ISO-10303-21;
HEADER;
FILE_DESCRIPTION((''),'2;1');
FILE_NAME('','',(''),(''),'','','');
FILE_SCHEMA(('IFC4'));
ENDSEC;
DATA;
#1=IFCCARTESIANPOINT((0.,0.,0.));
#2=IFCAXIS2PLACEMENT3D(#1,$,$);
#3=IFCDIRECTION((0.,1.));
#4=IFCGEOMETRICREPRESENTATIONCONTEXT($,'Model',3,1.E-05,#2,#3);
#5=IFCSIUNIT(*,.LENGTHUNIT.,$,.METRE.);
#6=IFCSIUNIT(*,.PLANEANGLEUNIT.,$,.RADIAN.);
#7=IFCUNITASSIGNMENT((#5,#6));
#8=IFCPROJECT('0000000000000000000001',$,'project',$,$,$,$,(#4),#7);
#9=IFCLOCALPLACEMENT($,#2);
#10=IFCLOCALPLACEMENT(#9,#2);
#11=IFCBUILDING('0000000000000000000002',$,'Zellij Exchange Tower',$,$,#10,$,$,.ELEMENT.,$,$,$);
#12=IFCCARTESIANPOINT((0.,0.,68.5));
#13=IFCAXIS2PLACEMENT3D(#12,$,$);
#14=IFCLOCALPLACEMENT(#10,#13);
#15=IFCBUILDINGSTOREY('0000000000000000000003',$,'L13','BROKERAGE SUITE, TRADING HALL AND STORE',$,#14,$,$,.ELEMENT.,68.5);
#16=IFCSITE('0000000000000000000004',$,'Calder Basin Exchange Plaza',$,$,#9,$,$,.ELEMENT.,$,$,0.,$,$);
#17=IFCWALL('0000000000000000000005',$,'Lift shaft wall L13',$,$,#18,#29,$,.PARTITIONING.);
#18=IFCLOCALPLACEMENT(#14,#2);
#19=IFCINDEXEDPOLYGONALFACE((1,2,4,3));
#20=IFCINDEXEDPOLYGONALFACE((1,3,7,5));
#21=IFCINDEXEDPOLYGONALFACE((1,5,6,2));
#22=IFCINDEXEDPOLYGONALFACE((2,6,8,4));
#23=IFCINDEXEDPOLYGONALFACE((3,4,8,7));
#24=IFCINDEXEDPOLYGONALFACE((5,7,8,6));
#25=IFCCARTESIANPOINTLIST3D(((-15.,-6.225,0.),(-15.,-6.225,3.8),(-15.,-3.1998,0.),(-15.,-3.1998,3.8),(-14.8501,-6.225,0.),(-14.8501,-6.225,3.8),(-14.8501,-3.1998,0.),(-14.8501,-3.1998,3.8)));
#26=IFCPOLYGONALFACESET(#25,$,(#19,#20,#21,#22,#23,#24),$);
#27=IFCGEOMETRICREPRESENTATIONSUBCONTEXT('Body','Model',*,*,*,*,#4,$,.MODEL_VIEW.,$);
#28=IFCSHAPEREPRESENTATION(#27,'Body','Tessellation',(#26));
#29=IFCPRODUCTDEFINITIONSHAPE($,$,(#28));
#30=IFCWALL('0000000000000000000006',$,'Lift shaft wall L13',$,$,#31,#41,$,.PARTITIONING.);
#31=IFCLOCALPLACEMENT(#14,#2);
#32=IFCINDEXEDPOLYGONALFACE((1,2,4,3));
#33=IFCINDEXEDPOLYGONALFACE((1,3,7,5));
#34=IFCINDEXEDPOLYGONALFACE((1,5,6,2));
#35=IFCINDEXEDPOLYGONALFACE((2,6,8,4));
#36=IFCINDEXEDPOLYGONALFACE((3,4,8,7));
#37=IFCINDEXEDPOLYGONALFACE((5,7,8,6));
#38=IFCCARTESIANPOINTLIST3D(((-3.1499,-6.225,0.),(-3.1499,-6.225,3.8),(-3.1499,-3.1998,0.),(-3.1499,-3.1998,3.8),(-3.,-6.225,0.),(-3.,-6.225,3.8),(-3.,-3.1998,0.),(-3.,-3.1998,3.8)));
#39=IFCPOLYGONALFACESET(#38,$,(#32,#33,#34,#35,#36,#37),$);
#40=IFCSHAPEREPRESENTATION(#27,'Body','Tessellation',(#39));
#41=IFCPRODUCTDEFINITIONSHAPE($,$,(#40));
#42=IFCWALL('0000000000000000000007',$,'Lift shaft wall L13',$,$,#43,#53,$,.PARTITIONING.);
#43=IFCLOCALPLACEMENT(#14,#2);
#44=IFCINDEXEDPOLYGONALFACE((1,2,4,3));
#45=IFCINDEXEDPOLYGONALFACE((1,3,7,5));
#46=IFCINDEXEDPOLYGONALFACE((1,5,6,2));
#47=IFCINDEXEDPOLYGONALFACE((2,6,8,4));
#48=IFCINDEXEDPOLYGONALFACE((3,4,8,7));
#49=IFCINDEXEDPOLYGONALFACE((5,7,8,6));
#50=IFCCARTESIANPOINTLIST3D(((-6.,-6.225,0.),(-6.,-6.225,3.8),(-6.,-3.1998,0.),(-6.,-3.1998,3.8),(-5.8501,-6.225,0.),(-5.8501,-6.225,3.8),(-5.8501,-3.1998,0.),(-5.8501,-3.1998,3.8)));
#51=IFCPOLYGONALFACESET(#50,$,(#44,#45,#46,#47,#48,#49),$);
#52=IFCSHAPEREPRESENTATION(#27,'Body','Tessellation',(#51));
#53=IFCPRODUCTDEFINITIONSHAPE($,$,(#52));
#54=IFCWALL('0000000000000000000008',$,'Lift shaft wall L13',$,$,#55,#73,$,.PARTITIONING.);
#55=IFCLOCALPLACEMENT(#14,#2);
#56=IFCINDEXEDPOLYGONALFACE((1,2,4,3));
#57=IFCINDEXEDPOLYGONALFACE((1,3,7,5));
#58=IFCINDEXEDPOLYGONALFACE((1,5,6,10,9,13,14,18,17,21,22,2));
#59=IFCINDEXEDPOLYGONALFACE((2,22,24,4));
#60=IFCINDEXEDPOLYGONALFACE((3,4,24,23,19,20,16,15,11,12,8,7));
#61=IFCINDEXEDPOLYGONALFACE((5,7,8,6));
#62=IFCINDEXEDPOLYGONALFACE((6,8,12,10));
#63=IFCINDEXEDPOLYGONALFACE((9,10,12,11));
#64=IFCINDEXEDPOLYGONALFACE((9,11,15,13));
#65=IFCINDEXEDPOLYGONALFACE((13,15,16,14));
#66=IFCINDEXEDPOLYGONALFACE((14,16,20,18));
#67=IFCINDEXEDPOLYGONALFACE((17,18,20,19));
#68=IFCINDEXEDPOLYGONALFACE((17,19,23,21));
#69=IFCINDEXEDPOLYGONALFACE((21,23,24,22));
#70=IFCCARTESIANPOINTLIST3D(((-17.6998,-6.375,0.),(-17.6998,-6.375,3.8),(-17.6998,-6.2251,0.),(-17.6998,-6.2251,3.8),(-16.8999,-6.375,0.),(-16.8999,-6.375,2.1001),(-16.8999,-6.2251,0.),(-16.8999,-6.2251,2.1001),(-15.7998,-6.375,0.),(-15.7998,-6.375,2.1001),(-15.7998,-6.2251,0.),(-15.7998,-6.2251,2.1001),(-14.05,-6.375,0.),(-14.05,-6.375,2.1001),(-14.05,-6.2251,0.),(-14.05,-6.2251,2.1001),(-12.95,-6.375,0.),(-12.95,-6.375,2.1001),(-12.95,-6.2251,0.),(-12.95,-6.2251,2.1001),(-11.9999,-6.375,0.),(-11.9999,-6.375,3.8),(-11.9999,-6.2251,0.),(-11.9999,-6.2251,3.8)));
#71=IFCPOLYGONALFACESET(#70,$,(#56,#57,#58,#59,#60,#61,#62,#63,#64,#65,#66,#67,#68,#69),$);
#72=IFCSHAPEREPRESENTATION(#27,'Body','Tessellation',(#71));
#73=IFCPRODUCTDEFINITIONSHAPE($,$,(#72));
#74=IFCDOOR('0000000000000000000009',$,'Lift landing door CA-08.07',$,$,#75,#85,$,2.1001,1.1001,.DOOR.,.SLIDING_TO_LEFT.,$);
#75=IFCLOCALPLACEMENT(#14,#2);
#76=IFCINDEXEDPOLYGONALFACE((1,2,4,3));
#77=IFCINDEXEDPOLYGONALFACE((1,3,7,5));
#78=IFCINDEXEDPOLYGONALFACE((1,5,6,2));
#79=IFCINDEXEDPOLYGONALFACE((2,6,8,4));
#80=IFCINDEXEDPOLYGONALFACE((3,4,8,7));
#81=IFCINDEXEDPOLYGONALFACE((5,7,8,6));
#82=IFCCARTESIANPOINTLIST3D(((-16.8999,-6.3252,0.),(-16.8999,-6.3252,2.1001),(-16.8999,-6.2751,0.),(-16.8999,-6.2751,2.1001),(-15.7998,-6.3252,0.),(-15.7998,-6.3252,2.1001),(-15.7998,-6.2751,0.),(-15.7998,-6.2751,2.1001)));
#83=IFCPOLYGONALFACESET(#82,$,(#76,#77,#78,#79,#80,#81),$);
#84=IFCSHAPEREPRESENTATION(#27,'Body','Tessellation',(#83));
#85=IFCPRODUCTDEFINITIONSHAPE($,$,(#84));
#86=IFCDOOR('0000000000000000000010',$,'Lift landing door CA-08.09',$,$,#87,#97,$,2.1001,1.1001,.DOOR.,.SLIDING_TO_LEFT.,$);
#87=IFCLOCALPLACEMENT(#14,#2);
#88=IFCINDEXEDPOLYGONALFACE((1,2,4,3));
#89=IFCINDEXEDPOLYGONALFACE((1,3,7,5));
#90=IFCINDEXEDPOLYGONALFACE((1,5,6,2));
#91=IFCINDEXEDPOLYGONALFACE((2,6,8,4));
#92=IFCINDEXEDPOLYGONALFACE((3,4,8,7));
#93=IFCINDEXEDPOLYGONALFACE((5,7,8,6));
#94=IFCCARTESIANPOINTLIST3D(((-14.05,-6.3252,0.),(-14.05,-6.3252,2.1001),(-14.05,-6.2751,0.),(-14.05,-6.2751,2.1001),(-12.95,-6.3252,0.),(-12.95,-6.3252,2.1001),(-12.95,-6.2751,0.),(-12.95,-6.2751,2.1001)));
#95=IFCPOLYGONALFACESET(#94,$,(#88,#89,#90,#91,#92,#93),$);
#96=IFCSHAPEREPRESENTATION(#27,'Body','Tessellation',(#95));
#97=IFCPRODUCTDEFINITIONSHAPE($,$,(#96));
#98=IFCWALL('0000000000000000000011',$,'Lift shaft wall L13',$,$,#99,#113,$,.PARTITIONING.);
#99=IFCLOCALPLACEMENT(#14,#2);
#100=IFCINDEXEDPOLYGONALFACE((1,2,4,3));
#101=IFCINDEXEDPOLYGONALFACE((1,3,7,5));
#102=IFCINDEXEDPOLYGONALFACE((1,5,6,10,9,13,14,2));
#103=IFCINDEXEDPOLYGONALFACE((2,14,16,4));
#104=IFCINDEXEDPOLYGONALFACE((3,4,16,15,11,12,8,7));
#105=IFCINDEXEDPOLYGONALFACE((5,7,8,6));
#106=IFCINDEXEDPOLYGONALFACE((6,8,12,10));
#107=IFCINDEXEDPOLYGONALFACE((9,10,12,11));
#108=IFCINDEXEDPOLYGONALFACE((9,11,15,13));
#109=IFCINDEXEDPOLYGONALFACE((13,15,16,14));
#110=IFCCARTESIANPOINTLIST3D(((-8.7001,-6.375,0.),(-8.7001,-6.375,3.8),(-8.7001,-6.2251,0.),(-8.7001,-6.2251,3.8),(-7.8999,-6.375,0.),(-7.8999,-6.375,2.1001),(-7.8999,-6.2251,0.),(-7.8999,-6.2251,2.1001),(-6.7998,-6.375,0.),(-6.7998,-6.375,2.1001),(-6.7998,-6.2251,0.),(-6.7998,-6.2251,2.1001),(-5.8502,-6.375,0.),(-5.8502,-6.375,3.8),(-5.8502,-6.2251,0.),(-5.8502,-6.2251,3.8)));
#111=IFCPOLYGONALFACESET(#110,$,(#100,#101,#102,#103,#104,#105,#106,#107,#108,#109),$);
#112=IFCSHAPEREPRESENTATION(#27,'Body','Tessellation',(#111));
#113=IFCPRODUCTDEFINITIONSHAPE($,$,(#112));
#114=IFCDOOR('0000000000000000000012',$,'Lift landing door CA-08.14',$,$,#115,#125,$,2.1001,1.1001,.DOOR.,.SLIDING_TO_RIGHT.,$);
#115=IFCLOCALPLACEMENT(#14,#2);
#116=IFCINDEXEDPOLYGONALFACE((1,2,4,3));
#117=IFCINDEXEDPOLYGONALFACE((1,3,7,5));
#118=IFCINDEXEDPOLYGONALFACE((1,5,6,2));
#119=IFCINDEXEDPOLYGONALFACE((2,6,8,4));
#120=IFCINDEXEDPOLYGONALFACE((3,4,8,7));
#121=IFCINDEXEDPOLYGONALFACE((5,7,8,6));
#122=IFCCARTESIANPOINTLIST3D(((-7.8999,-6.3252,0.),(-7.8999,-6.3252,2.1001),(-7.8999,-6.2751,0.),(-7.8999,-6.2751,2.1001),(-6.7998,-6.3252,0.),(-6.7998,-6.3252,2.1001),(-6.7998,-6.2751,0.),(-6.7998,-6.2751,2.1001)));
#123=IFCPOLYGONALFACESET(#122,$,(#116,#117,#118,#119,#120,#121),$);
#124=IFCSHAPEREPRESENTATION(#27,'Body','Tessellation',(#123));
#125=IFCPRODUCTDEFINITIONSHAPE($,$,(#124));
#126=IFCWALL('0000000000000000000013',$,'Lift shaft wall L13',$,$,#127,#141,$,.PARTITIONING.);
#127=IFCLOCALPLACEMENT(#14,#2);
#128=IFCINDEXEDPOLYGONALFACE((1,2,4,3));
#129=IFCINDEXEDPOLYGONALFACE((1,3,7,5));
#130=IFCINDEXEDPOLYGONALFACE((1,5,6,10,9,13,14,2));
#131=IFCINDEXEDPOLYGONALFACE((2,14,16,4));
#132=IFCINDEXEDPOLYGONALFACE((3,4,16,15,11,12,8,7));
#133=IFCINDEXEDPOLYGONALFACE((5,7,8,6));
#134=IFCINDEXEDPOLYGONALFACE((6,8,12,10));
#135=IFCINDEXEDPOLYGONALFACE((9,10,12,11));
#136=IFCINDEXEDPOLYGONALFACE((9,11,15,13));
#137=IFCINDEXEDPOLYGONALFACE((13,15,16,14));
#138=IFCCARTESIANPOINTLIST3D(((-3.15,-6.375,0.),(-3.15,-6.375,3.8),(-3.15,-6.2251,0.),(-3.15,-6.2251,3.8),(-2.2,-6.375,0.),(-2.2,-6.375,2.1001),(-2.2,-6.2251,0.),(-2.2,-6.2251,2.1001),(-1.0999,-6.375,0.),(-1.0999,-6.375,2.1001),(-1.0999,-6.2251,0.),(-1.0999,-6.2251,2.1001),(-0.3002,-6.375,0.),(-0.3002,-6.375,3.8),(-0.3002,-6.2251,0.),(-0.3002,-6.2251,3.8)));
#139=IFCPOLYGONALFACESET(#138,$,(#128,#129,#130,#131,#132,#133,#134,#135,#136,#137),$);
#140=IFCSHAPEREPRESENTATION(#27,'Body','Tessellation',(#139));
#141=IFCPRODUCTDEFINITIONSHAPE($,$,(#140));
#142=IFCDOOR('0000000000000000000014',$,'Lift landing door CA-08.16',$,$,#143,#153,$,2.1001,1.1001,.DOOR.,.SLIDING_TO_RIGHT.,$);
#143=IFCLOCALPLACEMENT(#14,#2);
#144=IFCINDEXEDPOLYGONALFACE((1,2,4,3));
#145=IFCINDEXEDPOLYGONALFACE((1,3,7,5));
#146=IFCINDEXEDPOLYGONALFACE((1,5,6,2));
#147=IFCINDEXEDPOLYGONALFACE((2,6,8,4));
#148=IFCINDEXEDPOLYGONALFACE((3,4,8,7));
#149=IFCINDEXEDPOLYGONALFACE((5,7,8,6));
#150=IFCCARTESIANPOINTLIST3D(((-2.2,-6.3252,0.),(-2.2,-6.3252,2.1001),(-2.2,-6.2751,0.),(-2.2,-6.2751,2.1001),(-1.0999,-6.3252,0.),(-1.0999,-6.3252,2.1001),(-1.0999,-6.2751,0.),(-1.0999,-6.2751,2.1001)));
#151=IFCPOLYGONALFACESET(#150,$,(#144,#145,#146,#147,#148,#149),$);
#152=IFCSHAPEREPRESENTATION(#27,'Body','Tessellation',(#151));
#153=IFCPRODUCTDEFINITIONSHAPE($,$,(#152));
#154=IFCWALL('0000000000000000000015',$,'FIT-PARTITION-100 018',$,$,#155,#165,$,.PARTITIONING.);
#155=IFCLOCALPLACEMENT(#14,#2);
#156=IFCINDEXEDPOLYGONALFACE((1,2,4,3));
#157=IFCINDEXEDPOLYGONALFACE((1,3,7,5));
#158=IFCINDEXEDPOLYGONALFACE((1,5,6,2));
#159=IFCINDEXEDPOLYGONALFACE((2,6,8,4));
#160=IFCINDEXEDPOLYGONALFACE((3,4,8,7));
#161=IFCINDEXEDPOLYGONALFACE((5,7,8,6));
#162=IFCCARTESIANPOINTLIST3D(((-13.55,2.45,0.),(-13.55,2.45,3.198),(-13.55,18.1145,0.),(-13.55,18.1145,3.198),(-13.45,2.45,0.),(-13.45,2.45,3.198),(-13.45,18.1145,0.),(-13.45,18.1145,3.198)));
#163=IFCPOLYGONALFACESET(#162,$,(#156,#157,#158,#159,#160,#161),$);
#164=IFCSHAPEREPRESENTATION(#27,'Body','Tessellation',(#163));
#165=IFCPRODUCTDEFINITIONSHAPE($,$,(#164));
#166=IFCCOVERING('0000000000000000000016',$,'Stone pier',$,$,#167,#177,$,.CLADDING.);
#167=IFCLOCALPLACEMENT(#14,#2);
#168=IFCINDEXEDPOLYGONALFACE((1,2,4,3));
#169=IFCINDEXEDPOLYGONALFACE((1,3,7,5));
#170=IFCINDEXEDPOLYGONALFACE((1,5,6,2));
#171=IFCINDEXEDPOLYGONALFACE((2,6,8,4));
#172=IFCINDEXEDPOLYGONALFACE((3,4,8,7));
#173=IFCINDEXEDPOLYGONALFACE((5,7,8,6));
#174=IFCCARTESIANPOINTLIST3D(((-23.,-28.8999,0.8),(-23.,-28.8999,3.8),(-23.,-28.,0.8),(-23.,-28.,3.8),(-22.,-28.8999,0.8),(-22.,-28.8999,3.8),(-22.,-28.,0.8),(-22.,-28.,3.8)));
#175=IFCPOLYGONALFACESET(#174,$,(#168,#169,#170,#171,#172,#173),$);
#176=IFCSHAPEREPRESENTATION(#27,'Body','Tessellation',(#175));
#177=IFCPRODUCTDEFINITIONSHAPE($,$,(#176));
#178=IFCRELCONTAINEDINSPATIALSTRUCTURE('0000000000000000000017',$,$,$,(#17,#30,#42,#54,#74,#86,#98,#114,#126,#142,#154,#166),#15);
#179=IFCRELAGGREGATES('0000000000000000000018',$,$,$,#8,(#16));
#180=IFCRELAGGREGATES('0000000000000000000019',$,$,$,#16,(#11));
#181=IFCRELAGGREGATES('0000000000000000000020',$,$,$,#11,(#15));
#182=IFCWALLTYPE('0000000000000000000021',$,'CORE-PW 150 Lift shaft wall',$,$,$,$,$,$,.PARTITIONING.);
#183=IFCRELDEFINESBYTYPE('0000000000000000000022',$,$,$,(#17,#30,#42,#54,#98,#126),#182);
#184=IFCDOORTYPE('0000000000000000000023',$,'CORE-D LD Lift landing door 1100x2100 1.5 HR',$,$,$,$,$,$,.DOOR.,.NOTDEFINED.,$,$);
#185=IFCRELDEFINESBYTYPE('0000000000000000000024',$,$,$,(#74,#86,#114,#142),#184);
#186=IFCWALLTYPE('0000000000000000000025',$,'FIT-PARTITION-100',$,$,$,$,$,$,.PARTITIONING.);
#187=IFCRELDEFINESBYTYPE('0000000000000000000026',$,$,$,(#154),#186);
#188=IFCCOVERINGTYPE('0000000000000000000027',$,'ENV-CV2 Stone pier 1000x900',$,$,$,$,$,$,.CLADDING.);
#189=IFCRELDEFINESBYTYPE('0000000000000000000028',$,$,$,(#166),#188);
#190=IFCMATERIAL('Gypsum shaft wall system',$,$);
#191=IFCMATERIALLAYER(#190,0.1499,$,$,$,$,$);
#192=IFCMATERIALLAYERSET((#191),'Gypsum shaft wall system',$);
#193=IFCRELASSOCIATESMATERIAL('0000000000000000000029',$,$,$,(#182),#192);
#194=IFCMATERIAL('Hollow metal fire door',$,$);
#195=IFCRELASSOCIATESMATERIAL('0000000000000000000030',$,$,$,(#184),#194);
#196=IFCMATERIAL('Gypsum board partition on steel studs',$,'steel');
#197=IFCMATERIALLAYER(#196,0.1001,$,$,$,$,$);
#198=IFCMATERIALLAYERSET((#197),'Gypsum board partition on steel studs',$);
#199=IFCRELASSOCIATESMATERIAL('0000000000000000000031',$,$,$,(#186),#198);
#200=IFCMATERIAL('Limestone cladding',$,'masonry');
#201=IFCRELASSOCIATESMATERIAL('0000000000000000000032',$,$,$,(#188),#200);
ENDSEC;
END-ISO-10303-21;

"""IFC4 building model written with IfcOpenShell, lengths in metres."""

from ifc_helpers import new_model, si_unit, direction, frame, frame_2d, origin, place, context, subcontext, project, spatial, polyline, rectangle, outline, extrude, material, layer, layer_set, type_object, element, fill, save


model = new_model("IFC4")

# Units and contexts
model_context = context("Model", 3, precision=1e-05, world=origin(), true_north=direction((0.0, 1.0)))
body_context = subcontext(model_context, "Body", "Model", "MODEL_VIEW")
ifc_project = project(units=[si_unit("LENGTHUNIT", "METRE"), si_unit("PLANEANGLEUNIT", "RADIAN")], contexts=[model_context])

# Site, building, storey
site_placement = place(None, origin())
site = spatial("IfcSite", under=ifc_project, at=site_placement, Name="Calder Basin Exchange Plaza", CompositionType="ELEMENT", RefElevation=0.0)
building_placement = place(site_placement, origin())
building = spatial("IfcBuilding", under=site, at=building_placement, Name="Zellij Exchange Tower", CompositionType="ELEMENT")
storey_placement = place(building_placement, frame((0.0, 0.0, 68.5)))
storey = spatial("IfcBuildingStorey", under=building, at=storey_placement, Name="L13", Description="BROKERAGE SUITE, TRADING HALL AND STORE", CompositionType="ELEMENT", Elevation=68.5)

# Walls
ifc_material_1 = material(Name="Gypsum shaft wall system")
ifc_layer_1 = layer(ifc_material_1, 0.1499)
ifc_layer_set_1 = layer_set([ifc_layer_1], Name="Gypsum shaft wall system")
wall_type_1 = type_object("IfcWallType", Name="CORE-PW 150 Lift shaft wall", PredefinedType="PARTITIONING", material=ifc_layer_set_1)
for number, where, z_axis, x_axis, name in (
    (1, (-14.925, -6.2251, 0.0), (0.0, 0.0, 1.0), (0.0, 1.0, 0.0), "Lift shaft wall L13"),
    (2, (-3.075, -6.2251, 0.0), (0.0, 0.0, 1.0), (0.0, 1.0, 0.0), "Lift shaft wall L13"),
    (3, (-5.925, -6.2251, 0.0), (0.0, 0.0, 1.0), (0.0, 1.0, 0.0), "Lift shaft wall L13"),
):
    element("IfcWall", number, at=place(storey_placement, frame(where, z_axis=z_axis, x_axis=x_axis)), inside=storey, type_object=wall_type_1, Name=name, PredefinedType="PARTITIONING", context=body_context, shape_type="SweptSolid", body=[
        extrude(rectangle(XDim=3.0251, YDim=0.1499, at=frame_2d((1.5127, 0.0))), origin(), (0.0, 0.0, 1.0), 3.8),
    ])

# Wall, openings, doors
wall_1_placement = place(storey_placement, frame((-17.7, -6.3, 0.0), z_axis=(0.0, 0.0, 1.0), x_axis=(1.0, 0.0, 0.0)))
wall_1 = element("IfcWall", 4, at=wall_1_placement, inside=storey, type_object=wall_type_1, Name="Lift shaft wall L13", PredefinedType="PARTITIONING", context=body_context, shape_type="SweptSolid", body=[
    extrude(rectangle(XDim=5.7, YDim=0.1499, at=frame_2d((2.8501, 0.0))), origin(), (0.0, 0.0, 1.0), 3.8),
])
opening_1_placement = place(wall_1_placement, frame((0.8, 0.0, 0.0)))
opening_1 = element("IfcOpeningElement", 5, at=opening_1_placement, cuts=wall_1, PredefinedType="OPENING", context=body_context, shape_type="SweptSolid", body=[
    extrude(rectangle(XDim=1.1001, YDim=2.1001, at=frame_2d((0.55, 1.05))), frame((0.0, 0.0869, 0.0), z_axis=(0.0, -1.0, 0.0), x_axis=(1.0, 0.0, 0.0)), (0.0, 0.0, 1.0), 0.1738),
])
opening_2_placement = place(wall_1_placement, frame((3.6499, 0.0, 0.0)))
opening_2 = element("IfcOpeningElement", 6, at=opening_2_placement, cuts=wall_1, PredefinedType="OPENING", context=body_context, shape_type="SweptSolid", body=[
    extrude(rectangle(XDim=1.1001, YDim=2.1001, at=frame_2d((0.55, 1.05))), frame((0.0, 0.0869, 0.0), z_axis=(0.0, -1.0, 0.0), x_axis=(1.0, 0.0, 0.0)), (0.0, 0.0, 1.0), 0.1738),
])
ifc_material_2 = material(Name="Hollow metal fire door")
door_type = type_object("IfcDoorType", Name="CORE-D LD Lift landing door 1100x2100 1.5 HR", OperationType="NOTDEFINED", PredefinedType="DOOR", material=ifc_material_2)
door_1_placement = place(opening_1_placement, origin())
door_1 = element("IfcDoor", 7, at=door_1_placement, inside=storey, type_object=door_type, Name="Lift landing door CA-08.07", OperationType="SLIDING_TO_LEFT", OverallHeight=2.1001, OverallWidth=1.1001, PredefinedType="DOOR", context=body_context, shape_type="SweptSolid", body=[
    extrude(rectangle(XDim=1.1001, YDim=2.1001, at=frame_2d((0.55, 1.05))), frame((0.0, 0.0249, 0.0), z_axis=(0.0, -1.0, 0.0), x_axis=(1.0, 0.0, 0.0)), (0.0, 0.0, 1.0), 0.05),
])
fill(opening_1, door_1)
door_2_placement = place(opening_2_placement, origin())
door_2 = element("IfcDoor", 8, at=door_2_placement, inside=storey, type_object=door_type, Name="Lift landing door CA-08.09", OperationType="SLIDING_TO_LEFT", OverallHeight=2.1001, OverallWidth=1.1001, PredefinedType="DOOR", context=body_context, shape_type="SweptSolid", body=[
    extrude(rectangle(XDim=1.1001, YDim=2.1001, at=frame_2d((0.55, 1.05))), frame((0.0, 0.0249, 0.0), z_axis=(0.0, -1.0, 0.0), x_axis=(1.0, 0.0, 0.0)), (0.0, 0.0, 1.0), 0.05),
])
fill(opening_2, door_2)

# Walls, openings, doors
wall_2_placement = place(storey_placement, frame((-8.7, -6.3, 0.0), z_axis=(0.0, 0.0, 1.0), x_axis=(1.0, 0.0, 0.0)))
wall_2 = element("IfcWall", 9, at=wall_2_placement, inside=storey, type_object=wall_type_1, Name="Lift shaft wall L13", PredefinedType="PARTITIONING", context=body_context, shape_type="SweptSolid", body=[
    extrude(rectangle(XDim=2.8499, YDim=0.1499, at=frame_2d((1.4248, 0.0))), origin(), (0.0, 0.0, 1.0), 3.8),
])
opening_3_placement = place(wall_2_placement, frame((0.8, 0.0, 0.0)))
opening_3 = element("IfcOpeningElement", 10, at=opening_3_placement, cuts=wall_2, PredefinedType="OPENING", context=body_context, shape_type="SweptSolid", body=[
    extrude(rectangle(XDim=1.1001, YDim=2.1001, at=frame_2d((0.55, 1.05))), frame((0.0, 0.0869, 0.0), z_axis=(0.0, -1.0, 0.0), x_axis=(1.0, 0.0, 0.0)), (0.0, 0.0, 1.0), 0.1738),
])
door_3_placement = place(opening_3_placement, origin())
door_3 = element("IfcDoor", 11, at=door_3_placement, inside=storey, type_object=door_type, Name="Lift landing door CA-08.14", OperationType="SLIDING_TO_RIGHT", OverallHeight=2.1001, OverallWidth=1.1001, PredefinedType="DOOR", context=body_context, shape_type="SweptSolid", body=[
    extrude(rectangle(XDim=1.1001, YDim=2.1001, at=frame_2d((0.55, 1.05))), frame((0.0, 0.0249, 0.0), z_axis=(0.0, -1.0, 0.0), x_axis=(1.0, 0.0, 0.0)), (0.0, 0.0, 1.0), 0.05),
])
fill(opening_3, door_3)
wall_3_placement = place(storey_placement, frame((-3.1499, -6.3, 0.0), z_axis=(0.0, 0.0, 1.0), x_axis=(1.0, 0.0, 0.0)))
wall_3 = element("IfcWall", 12, at=wall_3_placement, inside=storey, type_object=wall_type_1, Name="Lift shaft wall L13", PredefinedType="PARTITIONING", context=body_context, shape_type="SweptSolid", body=[
    extrude(rectangle(XDim=2.8499, YDim=0.1499, at=frame_2d((1.4248, 0.0))), origin(), (0.0, 0.0, 1.0), 3.8),
])
opening_4_placement = place(wall_3_placement, frame((0.95, 0.0, 0.0)))
opening_4 = element("IfcOpeningElement", 13, at=opening_4_placement, cuts=wall_3, PredefinedType="OPENING", context=body_context, shape_type="SweptSolid", body=[
    extrude(rectangle(XDim=1.1001, YDim=2.1001, at=frame_2d((0.55, 1.05))), frame((0.0, 0.0869, 0.0), z_axis=(0.0, -1.0, 0.0), x_axis=(1.0, 0.0, 0.0)), (0.0, 0.0, 1.0), 0.1738),
])
door_4_placement = place(opening_4_placement, origin())
door_4 = element("IfcDoor", 14, at=door_4_placement, inside=storey, type_object=door_type, Name="Lift landing door CA-08.16", OperationType="SLIDING_TO_RIGHT", OverallHeight=2.1001, OverallWidth=1.1001, PredefinedType="DOOR", context=body_context, shape_type="SweptSolid", body=[
    extrude(rectangle(XDim=1.1001, YDim=2.1001, at=frame_2d((0.55, 1.05))), frame((0.0, 0.0249, 0.0), z_axis=(0.0, -1.0, 0.0), x_axis=(1.0, 0.0, 0.0)), (0.0, 0.0, 1.0), 0.05),
])
fill(opening_4, door_4)

# Wall
ifc_material_3 = material(Name="Gypsum board partition on steel studs", Category="steel")
ifc_layer_2 = layer(ifc_material_3, 0.1001)
ifc_layer_set_2 = layer_set([ifc_layer_2], Name="Gypsum board partition on steel studs")
wall_type_2 = type_object("IfcWallType", Name="FIT-PARTITION-100", PredefinedType="PARTITIONING", material=ifc_layer_set_2)
wall_4_placement = place(storey_placement, frame((-13.5, 2.45, 0.0), z_axis=(0.0, 0.0, 1.0), x_axis=(0.0, 1.0, 0.0)))
element("IfcWall", 15, at=wall_4_placement, inside=storey, type_object=wall_type_2, Name="FIT-PARTITION-100 018", PredefinedType="PARTITIONING", context=body_context, shape_type="SweptSolid", body=[
    extrude(rectangle(XDim=15.6646, YDim=0.1001, at=frame_2d((7.8323, 0.0))), origin(), (0.0, 0.0, 1.0), 3.198),
])

# Covering
ifc_material_4 = material(Name="Limestone cladding", Category="masonry")
covering_type = type_object("IfcCoveringType", Name="ENV-CV2 Stone pier 1000x900", PredefinedType="CLADDING", material=ifc_material_4)
covering_1_placement = place(storey_placement, frame((0.0, 0.0, 0.8)))
element("IfcCovering", 16, at=covering_1_placement, inside=storey, type_object=covering_type, Name="Stone pier", PredefinedType="CLADDING", context=body_context, shape_type="SweptSolid", body=[
    extrude(outline(polyline([(-23.0, -28.0), (-22.0, -28.0), (-22.0, -28.8999), (-23.0, -28.8999), (-23.0, -28.0)])), origin(), (0.0, 0.0, 1.0), 3.0),
])

save(model, "model.ifc")
